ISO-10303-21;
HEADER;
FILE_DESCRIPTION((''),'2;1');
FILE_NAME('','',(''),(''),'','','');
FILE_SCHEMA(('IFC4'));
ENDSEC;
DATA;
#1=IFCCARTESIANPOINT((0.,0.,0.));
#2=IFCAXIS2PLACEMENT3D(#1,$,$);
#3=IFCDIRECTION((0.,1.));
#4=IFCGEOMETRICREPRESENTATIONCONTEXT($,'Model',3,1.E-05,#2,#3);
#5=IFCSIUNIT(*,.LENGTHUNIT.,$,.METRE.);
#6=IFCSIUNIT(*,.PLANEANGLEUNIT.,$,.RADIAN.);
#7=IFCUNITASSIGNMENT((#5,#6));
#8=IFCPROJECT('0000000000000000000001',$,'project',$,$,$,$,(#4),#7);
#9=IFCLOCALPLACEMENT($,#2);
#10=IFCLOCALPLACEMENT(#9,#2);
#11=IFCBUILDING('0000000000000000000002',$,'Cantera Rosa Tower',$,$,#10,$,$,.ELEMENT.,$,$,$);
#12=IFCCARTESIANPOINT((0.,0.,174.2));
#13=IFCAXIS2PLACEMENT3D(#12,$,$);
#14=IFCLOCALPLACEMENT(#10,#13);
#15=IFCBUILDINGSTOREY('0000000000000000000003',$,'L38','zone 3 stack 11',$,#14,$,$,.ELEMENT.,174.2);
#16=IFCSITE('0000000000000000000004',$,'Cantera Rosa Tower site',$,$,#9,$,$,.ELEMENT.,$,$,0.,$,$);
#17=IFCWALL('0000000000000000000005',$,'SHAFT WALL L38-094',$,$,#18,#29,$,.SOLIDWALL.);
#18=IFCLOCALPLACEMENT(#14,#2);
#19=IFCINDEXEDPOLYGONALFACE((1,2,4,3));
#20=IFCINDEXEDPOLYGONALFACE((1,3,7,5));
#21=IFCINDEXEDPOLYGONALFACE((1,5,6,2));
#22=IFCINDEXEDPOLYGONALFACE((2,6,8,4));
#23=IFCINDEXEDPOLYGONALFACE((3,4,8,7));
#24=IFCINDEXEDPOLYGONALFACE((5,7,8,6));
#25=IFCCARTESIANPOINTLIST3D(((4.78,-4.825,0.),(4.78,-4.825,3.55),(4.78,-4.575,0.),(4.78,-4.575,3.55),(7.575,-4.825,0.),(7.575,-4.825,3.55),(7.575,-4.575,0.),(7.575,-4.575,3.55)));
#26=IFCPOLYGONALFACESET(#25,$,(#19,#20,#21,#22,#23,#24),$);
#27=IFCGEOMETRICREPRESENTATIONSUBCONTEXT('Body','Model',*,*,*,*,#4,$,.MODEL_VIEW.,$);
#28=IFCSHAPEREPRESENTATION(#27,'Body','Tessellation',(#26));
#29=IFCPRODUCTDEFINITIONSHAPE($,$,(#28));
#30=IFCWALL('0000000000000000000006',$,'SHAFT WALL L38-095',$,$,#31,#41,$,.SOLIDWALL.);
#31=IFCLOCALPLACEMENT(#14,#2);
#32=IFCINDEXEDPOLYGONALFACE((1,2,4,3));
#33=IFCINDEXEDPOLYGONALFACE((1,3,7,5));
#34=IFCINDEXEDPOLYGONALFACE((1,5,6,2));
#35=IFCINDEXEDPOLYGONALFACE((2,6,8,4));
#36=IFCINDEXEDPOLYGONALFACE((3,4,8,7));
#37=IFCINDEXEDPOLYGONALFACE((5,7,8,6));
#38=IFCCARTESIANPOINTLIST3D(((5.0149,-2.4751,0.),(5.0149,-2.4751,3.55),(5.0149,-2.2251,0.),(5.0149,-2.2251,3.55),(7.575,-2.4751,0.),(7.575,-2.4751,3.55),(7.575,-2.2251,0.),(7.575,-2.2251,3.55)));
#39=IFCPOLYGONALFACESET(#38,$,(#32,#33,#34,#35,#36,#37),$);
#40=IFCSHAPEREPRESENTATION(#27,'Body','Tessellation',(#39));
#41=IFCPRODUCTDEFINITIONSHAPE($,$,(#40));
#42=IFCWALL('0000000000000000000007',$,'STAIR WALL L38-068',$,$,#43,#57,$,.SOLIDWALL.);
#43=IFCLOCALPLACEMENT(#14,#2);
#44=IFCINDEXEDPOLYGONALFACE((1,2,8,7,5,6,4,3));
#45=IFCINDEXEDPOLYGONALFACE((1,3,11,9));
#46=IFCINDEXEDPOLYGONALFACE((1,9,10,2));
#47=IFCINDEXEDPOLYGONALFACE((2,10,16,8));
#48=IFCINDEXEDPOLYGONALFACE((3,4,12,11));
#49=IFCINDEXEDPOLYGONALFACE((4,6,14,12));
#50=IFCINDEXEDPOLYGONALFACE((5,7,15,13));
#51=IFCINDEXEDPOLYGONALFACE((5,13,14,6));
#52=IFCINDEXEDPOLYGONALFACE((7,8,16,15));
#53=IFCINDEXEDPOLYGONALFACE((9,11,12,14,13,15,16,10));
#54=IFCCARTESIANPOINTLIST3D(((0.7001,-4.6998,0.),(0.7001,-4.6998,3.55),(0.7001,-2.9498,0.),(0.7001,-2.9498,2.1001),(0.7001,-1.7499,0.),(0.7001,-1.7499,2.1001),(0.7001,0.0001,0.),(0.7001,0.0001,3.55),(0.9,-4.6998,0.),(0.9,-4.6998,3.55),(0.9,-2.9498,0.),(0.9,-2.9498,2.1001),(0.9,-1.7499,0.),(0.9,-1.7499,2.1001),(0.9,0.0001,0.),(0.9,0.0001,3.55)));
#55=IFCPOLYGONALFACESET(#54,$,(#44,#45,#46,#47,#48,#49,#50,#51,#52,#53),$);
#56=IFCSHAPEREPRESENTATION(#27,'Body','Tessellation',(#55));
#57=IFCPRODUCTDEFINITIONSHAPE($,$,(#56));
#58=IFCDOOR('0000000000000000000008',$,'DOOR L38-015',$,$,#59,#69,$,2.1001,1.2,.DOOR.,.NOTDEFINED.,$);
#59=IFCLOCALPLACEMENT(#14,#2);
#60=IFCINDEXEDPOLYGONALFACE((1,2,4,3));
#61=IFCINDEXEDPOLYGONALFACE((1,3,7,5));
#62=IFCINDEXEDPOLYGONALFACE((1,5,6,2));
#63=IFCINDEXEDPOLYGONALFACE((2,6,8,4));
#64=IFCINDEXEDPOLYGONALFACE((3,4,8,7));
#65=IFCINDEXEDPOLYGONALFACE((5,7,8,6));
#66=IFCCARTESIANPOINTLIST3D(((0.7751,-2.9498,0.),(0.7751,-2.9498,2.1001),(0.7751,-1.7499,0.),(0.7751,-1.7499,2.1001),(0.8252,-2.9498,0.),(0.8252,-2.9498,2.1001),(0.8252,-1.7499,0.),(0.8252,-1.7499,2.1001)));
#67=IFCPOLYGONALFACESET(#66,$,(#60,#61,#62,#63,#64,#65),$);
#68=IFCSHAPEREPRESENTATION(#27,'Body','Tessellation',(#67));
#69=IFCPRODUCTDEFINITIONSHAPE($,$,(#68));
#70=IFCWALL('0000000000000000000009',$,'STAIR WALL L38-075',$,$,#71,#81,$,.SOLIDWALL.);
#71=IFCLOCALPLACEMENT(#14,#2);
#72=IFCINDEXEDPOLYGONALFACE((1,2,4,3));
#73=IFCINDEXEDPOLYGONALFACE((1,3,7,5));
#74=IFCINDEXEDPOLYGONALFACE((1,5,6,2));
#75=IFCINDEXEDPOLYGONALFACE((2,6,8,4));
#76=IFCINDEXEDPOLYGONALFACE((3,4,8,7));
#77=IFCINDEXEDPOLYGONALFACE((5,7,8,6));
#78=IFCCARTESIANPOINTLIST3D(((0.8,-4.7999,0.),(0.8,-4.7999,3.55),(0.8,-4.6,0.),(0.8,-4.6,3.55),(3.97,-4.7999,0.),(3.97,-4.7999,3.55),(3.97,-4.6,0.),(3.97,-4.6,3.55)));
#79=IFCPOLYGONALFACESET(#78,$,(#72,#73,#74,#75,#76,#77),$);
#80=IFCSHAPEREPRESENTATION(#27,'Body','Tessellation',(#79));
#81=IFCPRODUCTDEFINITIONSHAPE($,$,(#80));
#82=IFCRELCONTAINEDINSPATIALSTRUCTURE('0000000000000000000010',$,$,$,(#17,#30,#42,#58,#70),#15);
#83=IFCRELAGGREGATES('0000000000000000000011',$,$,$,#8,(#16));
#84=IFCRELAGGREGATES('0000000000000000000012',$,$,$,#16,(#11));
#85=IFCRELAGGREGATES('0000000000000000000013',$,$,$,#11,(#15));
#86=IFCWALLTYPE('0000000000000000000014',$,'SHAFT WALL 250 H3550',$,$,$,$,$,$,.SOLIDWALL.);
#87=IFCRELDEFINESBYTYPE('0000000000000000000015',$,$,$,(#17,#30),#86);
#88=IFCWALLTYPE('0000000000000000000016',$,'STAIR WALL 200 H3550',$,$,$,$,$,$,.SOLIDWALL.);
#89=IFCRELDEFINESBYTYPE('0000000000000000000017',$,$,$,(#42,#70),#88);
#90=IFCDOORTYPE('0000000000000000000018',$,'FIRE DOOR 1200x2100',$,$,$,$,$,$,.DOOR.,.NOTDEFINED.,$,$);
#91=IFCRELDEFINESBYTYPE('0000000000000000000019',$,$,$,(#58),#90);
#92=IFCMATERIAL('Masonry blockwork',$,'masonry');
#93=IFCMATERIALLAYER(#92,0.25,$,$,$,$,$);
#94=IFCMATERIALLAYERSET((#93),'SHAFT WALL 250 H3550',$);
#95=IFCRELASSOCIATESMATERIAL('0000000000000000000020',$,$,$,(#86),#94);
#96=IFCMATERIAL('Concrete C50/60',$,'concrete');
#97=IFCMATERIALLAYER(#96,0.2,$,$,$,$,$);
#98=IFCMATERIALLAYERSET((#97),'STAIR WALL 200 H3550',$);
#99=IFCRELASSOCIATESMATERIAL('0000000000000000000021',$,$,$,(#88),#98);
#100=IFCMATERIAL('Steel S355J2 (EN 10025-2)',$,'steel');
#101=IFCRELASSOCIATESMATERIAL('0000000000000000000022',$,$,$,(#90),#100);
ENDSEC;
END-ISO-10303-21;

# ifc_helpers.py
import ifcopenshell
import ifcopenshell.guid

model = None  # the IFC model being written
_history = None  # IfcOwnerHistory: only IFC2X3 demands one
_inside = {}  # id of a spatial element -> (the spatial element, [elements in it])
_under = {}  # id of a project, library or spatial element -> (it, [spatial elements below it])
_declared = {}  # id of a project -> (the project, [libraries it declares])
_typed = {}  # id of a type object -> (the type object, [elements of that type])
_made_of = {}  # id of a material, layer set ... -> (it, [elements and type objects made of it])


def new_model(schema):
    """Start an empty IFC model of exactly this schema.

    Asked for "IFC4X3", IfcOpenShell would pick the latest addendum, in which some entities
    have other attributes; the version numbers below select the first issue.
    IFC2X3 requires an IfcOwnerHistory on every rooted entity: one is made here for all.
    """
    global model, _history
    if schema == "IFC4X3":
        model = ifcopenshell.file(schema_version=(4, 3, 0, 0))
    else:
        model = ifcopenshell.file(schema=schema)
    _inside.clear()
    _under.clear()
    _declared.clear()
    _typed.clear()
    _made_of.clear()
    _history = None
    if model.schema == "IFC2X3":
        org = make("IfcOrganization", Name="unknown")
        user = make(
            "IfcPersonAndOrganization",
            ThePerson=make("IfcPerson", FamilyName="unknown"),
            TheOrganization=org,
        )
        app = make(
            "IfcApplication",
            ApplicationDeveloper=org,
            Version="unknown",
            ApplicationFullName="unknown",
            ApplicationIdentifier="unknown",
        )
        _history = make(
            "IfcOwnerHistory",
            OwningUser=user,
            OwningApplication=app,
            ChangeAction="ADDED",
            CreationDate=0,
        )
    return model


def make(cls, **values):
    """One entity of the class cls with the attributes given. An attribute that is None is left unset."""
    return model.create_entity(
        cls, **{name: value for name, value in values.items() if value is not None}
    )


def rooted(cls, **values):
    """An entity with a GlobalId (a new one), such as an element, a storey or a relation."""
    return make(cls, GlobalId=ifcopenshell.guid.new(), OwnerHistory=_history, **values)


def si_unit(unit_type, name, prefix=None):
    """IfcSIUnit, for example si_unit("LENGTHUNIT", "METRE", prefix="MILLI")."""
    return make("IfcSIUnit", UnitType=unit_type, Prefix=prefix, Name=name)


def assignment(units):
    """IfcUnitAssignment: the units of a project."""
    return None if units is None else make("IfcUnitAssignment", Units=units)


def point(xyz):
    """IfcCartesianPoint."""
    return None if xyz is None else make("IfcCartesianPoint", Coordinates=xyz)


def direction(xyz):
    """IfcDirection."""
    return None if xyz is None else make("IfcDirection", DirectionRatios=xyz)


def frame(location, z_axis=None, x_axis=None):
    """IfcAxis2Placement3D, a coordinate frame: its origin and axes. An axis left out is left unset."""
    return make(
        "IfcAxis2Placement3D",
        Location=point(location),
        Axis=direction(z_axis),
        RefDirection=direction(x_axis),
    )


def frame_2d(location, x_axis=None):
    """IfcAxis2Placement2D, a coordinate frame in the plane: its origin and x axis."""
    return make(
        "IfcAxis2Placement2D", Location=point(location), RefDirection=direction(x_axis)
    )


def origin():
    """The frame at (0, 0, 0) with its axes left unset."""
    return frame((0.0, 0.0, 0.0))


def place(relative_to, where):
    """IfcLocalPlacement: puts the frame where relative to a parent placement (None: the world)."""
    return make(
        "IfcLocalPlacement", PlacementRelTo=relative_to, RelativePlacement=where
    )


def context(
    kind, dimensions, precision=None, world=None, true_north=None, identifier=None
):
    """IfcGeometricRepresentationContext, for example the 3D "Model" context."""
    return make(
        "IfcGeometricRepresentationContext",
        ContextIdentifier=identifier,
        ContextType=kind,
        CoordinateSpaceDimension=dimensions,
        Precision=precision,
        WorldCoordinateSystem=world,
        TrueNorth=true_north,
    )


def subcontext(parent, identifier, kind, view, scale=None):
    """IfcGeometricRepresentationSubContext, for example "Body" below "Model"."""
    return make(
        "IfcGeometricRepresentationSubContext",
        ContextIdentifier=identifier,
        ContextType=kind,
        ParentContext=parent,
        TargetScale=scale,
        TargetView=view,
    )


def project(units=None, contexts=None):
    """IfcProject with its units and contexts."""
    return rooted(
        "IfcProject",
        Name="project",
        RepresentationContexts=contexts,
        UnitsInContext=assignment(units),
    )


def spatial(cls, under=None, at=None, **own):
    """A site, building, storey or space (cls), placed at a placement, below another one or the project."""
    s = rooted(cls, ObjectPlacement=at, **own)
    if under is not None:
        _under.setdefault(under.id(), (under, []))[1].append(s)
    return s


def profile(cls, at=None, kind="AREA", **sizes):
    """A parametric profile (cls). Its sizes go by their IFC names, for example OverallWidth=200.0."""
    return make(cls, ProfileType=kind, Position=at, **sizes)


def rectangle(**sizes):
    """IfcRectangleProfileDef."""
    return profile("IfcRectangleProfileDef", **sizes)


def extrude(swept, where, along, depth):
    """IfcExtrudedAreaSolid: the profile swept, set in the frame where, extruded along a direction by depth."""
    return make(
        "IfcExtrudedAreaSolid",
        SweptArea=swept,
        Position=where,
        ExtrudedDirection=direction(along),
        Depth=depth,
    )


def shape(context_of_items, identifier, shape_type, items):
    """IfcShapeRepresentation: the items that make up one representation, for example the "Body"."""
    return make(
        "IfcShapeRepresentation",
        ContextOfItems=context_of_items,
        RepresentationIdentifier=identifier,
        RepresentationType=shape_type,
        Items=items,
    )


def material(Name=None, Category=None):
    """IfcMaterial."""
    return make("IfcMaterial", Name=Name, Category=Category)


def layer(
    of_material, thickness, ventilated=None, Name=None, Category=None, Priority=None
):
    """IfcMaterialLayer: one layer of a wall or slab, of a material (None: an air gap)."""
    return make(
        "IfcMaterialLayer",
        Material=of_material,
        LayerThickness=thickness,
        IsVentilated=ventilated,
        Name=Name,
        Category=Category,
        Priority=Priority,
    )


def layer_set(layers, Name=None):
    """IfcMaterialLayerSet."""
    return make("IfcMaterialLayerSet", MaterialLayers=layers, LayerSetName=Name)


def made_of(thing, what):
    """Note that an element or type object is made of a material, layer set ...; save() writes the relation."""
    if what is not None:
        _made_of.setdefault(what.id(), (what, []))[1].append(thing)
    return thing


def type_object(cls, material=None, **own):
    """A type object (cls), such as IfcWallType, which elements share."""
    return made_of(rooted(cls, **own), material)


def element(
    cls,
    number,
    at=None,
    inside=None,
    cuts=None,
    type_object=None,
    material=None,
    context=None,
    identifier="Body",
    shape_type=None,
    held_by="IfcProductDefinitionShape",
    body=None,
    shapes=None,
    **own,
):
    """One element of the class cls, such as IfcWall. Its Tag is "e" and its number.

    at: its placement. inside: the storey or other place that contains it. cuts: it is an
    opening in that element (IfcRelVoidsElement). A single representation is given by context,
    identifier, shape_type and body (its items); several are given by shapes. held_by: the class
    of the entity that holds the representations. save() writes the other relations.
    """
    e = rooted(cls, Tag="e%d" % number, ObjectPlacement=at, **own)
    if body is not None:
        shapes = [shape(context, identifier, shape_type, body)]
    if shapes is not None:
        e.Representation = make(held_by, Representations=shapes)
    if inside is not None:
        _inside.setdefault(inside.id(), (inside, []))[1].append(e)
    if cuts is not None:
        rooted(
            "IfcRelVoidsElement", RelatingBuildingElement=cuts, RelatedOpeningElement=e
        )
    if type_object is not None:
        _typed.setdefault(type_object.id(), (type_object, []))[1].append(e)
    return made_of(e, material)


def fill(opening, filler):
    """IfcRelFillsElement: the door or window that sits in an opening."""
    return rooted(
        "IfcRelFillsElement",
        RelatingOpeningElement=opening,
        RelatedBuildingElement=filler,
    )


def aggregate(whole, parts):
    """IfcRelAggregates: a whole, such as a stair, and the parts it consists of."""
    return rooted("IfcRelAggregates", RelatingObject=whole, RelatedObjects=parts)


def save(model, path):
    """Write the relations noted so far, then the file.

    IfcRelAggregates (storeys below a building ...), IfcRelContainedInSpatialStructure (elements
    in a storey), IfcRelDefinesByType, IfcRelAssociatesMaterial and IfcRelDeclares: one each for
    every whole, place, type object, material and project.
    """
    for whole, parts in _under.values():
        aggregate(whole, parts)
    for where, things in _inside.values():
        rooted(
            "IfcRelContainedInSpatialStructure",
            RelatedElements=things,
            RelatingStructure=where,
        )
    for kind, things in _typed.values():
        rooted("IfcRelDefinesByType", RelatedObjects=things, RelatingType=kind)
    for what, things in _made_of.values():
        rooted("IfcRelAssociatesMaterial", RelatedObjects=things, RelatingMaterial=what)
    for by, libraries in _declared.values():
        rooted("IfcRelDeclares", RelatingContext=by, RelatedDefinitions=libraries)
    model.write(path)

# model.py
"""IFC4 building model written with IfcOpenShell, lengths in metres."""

from ifc_helpers import new_model, si_unit, direction, frame, frame_2d, origin, place, context, subcontext, project, spatial, rectangle, extrude, material, layer, layer_set, type_object, element, fill, save


model = new_model("IFC4")

# Units and contexts
model_context = context("Model", 3, precision=1e-05, world=origin(), true_north=direction((0.0, 1.0)))
body_context = subcontext(model_context, "Body", "Model", "MODEL_VIEW")
ifc_project = project(units=[si_unit("LENGTHUNIT", "METRE"), si_unit("PLANEANGLEUNIT", "RADIAN")], contexts=[model_context])

# Site, building, storey
site_placement = place(None, origin())
site = spatial("IfcSite", under=ifc_project, at=site_placement, Name="Cantera Rosa Tower site", CompositionType="ELEMENT", RefElevation=0.0)
building_placement = place(site_placement, origin())
building = spatial("IfcBuilding", under=site, at=building_placement, Name="Cantera Rosa Tower", CompositionType="ELEMENT")
storey_placement = place(building_placement, frame((0.0, 0.0, 174.2)))
storey = spatial("IfcBuildingStorey", under=building, at=storey_placement, Name="L38", Description="zone 3 stack 11", CompositionType="ELEMENT", Elevation=174.2)

# Shared definitions
ifc_material_1 = material(Name="Masonry blockwork", Category="masonry")
ifc_layer_1 = layer(ifc_material_1, 0.25)
ifc_layer_set_1 = layer_set([ifc_layer_1], Name="SHAFT WALL 250 H3550")
wall_type_1 = type_object("IfcWallType", Name="SHAFT WALL 250 H3550", PredefinedType="SOLIDWALL", material=ifc_layer_set_1)

# Walls
wall_1_placement = place(storey_placement, frame((7.575, -4.7, 0.0), z_axis=(0.0, 0.0, 1.0), x_axis=(-1.0, 0.0, 0.0)))
element("IfcWall", 1, at=wall_1_placement, inside=storey, type_object=wall_type_1, Name="SHAFT WALL L38-094", PredefinedType="SOLIDWALL", context=body_context, shape_type="SweptSolid", body=[
    extrude(rectangle(XDim=2.7949, YDim=0.25, at=frame_2d((1.3975, 0.0))), origin(), (0.0, 0.0, 1.0), 3.55),
])
wall_2_placement = place(storey_placement, frame((7.575, -2.3501, 0.0), z_axis=(0.0, 0.0, 1.0), x_axis=(-1.0, 0.0, 0.0)))
element("IfcWall", 2, at=wall_2_placement, inside=storey, type_object=wall_type_1, Name="SHAFT WALL L38-095", PredefinedType="SOLIDWALL", context=body_context, shape_type="SweptSolid", body=[
    extrude(rectangle(XDim=2.5601, YDim=0.25, at=frame_2d((1.28, 0.0))), origin(), (0.0, 0.0, 1.0), 3.55),
])

# Wall, opening, door
ifc_material_2 = material(Name="Concrete C50/60", Category="concrete")
ifc_layer_2 = layer(ifc_material_2, 0.2)
ifc_layer_set_2 = layer_set([ifc_layer_2], Name="STAIR WALL 200 H3550")
wall_type_2 = type_object("IfcWallType", Name="STAIR WALL 200 H3550", PredefinedType="SOLIDWALL", material=ifc_layer_set_2)
wall_3_placement = place(storey_placement, frame((0.8, -4.7, 0.0), z_axis=(0.0, 0.0, 1.0), x_axis=(0.0, 1.0, 0.0)))
wall_3 = element("IfcWall", 3, at=wall_3_placement, inside=storey, type_object=wall_type_2, Name="STAIR WALL L38-068", PredefinedType="SOLIDWALL", context=body_context, shape_type="SweptSolid", body=[
    extrude(rectangle(XDim=4.7, YDim=0.2, at=frame_2d((2.3501, 0.0))), origin(), (0.0, 0.0, 1.0), 3.55),
])
opening_1_placement = place(wall_3_placement, frame((1.75, 0.0, 0.0)))
opening_1 = element("IfcOpeningElement", 4, at=opening_1_placement, cuts=wall_3, PredefinedType="OPENING", context=body_context, shape_type="SweptSolid", body=[
    extrude(rectangle(XDim=1.2, YDim=2.1001, at=frame_2d((0.6001, 1.05))), frame((0.0, 0.1099, 0.0), z_axis=(0.0, -1.0, 0.0), x_axis=(1.0, 0.0, 0.0)), (0.0, 0.0, 1.0), 0.22),
])
ifc_material_3 = material(Name="Steel S355J2 (EN 10025-2)", Category="steel")
door_type_1 = type_object("IfcDoorType", Name="FIRE DOOR 1200x2100", OperationType="NOTDEFINED", PredefinedType="DOOR", material=ifc_material_3)
door_1_placement = place(opening_1_placement, origin())
door_1 = element("IfcDoor", 5, at=door_1_placement, inside=storey, type_object=door_type_1, Name="DOOR L38-015", OperationType="NOTDEFINED", OverallHeight=2.1001, OverallWidth=1.2, PredefinedType="DOOR", context=body_context, shape_type="SweptSolid", body=[
    extrude(rectangle(XDim=1.2, YDim=2.1001, at=frame_2d((0.6001, 1.05))), frame((0.0, 0.0249, 0.0), z_axis=(0.0, -1.0, 0.0), x_axis=(1.0, 0.0, 0.0)), (0.0, 0.0, 1.0), 0.05),
])
fill(opening_1, door_1)

# Wall
wall_4_placement = place(storey_placement, frame((3.97, -4.7, 0.0), z_axis=(0.0, 0.0, 1.0), x_axis=(-1.0, 0.0, 0.0)))
element("IfcWall", 6, at=wall_4_placement, inside=storey, type_object=wall_type_2, Name="STAIR WALL L38-075", PredefinedType="SOLIDWALL", context=body_context, shape_type="SweptSolid", body=[
    extrude(rectangle(XDim=3.1699, YDim=0.2, at=frame_2d((1.585, 0.0))), origin(), (0.0, 0.0, 1.0), 3.55),
])

save(model, "model.ifc")
